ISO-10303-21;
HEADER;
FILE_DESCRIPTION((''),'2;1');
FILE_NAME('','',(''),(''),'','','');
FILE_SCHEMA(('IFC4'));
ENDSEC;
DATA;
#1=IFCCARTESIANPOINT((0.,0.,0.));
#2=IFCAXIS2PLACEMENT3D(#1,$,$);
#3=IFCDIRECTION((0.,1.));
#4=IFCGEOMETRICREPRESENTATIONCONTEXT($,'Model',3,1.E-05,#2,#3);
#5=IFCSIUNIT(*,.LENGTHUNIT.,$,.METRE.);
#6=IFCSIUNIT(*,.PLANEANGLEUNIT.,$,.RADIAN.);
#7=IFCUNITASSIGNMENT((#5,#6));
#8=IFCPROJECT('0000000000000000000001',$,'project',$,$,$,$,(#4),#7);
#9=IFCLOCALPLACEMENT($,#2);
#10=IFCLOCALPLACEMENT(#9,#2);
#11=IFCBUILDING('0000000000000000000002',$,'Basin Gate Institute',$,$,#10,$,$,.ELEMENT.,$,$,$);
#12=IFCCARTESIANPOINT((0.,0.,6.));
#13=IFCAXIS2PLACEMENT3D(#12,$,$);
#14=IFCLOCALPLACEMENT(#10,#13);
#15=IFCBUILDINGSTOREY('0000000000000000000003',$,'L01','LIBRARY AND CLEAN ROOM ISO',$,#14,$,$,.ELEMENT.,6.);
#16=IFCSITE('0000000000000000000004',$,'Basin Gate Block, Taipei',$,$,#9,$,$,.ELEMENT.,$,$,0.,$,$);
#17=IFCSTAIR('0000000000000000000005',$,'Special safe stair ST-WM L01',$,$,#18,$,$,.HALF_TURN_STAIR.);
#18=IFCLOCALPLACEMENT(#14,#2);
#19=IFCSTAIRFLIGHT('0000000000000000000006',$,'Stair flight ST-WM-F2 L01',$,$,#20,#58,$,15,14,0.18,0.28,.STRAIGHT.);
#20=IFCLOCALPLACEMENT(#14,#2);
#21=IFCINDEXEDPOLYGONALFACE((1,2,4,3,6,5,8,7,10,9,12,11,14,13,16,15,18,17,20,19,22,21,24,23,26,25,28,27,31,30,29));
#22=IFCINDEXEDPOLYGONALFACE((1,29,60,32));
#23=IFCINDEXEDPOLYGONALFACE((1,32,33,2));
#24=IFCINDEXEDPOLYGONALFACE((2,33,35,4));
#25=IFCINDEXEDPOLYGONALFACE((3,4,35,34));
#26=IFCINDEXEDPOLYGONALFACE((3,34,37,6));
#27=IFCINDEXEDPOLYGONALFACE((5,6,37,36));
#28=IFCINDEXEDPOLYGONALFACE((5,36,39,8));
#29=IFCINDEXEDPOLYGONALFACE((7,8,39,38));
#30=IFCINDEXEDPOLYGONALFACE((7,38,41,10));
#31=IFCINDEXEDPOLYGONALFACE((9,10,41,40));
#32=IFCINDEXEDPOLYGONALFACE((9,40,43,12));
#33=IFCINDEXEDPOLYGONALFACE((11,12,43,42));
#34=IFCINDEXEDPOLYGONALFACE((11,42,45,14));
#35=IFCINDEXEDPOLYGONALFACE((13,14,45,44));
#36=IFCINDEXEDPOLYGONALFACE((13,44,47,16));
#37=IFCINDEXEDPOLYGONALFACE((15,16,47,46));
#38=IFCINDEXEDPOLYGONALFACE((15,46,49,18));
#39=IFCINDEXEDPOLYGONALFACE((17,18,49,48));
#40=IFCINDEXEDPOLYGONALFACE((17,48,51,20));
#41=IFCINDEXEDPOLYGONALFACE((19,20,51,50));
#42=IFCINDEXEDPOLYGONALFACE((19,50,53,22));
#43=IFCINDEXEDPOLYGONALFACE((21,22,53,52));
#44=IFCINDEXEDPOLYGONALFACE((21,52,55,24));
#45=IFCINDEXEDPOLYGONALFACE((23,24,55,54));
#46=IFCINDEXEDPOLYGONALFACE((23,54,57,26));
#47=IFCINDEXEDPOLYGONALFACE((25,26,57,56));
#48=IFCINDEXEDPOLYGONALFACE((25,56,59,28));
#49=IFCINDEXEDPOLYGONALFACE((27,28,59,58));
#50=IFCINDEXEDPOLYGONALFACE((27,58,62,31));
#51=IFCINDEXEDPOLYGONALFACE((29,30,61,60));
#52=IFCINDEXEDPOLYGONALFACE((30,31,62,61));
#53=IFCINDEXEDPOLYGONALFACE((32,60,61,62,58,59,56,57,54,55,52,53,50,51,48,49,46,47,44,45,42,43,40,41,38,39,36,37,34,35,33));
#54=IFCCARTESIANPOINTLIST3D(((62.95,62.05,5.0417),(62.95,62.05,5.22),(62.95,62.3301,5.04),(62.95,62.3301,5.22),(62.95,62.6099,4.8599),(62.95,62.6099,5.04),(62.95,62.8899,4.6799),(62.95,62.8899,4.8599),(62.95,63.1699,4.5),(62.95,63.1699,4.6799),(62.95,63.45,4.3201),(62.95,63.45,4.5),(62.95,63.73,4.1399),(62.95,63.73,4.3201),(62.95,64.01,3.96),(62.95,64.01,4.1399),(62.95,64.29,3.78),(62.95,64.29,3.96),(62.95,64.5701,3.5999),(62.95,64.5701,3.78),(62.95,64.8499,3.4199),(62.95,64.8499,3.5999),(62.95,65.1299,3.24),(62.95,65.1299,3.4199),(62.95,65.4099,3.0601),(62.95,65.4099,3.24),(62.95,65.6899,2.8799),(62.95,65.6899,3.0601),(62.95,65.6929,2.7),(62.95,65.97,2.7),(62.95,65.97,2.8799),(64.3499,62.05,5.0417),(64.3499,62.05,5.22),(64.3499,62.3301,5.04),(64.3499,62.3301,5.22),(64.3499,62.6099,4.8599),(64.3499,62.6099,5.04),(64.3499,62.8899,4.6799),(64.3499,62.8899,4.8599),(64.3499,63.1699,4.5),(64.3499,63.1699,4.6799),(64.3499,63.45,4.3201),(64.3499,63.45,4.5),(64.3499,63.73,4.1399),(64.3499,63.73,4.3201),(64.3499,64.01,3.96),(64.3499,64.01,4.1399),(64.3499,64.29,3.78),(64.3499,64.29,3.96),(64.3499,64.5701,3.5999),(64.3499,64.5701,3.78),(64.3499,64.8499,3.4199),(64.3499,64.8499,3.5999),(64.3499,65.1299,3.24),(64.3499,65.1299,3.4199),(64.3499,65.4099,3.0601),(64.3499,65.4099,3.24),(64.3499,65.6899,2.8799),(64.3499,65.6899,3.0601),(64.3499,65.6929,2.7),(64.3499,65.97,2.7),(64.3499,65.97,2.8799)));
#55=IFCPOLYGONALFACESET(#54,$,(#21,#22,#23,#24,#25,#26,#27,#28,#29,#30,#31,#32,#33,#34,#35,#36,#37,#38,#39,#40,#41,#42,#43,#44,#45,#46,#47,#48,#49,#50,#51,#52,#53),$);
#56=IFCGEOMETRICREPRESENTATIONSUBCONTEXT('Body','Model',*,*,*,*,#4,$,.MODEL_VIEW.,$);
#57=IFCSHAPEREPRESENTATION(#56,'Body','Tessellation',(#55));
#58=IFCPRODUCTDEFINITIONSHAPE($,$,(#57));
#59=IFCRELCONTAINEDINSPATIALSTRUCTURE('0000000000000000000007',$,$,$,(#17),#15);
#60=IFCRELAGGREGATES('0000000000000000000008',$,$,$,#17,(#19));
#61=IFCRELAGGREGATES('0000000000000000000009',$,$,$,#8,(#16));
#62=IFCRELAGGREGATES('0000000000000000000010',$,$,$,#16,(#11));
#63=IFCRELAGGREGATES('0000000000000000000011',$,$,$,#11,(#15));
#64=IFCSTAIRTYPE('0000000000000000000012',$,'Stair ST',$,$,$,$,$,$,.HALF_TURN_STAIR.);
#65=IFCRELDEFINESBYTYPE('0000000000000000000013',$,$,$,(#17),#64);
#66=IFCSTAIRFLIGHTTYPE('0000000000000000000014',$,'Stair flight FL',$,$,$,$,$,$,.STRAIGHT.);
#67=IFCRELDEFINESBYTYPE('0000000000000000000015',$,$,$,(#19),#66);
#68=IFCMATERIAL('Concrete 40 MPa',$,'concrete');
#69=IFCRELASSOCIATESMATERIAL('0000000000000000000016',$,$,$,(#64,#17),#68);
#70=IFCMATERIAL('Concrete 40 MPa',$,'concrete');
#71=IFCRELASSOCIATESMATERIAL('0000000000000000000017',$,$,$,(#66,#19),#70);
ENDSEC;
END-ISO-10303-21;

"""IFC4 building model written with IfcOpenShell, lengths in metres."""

from ifc_helpers import new_model, si_unit, direction, frame, origin, place, context, subcontext, project, spatial, polyline, outline, extrude, material, type_object, element, aggregate, save


model = new_model("IFC4")

# Units and contexts
model_context = context("Model", 3, precision=1e-05, world=origin(), true_north=direction((0.0, 1.0)))
body_context = subcontext(model_context, "Body", "Model", "MODEL_VIEW")
ifc_project = project(units=[si_unit("LENGTHUNIT", "METRE"), si_unit("PLANEANGLEUNIT", "RADIAN")], contexts=[model_context])

# Site, building, storey
site_placement = place(None, origin())
site = spatial("IfcSite", under=ifc_project, at=site_placement, Name="Basin Gate Block, Taipei", CompositionType="ELEMENT", RefElevation=0.0)
building_placement = place(site_placement, origin())
building = spatial("IfcBuilding", under=site, at=building_placement, Name="Basin Gate Institute", CompositionType="ELEMENT")
storey_placement = place(building_placement, frame((0.0, 0.0, 6.0)))
storey = spatial("IfcBuildingStorey", under=building, at=storey_placement, Name="L01", Description="LIBRARY AND CLEAN ROOM ISO", CompositionType="ELEMENT", Elevation=6.0)

# Stair, stair flight
ifc_material_1 = material(Name="Concrete 40 MPa", Category="concrete")
stair_type = type_object("IfcStairType", Name="Stair ST", PredefinedType="HALF_TURN_STAIR", material=ifc_material_1)
stair_placement = place(storey_placement, origin())
stair = element("IfcStair", 1, at=stair_placement, inside=storey, type_object=stair_type, material=ifc_material_1, Name="Special safe stair ST-WM L01", PredefinedType="HALF_TURN_STAIR")
ifc_material_2 = material(Name="Concrete 40 MPa", Category="concrete")
stair_flight_type = type_object("IfcStairFlightType", Name="Stair flight FL", PredefinedType="STRAIGHT", material=ifc_material_2)
stair_flight_placement = place(storey_placement, frame((63.6499, 65.97, 2.7), z_axis=(0.0, 0.0, 1.0), x_axis=(0.0, -1.0, 0.0)))
stair_flight = element("IfcStairFlight", 2, at=stair_flight_placement, type_object=stair_flight_type, material=ifc_material_2, Name="Stair flight ST-WM-F2 L01", NumberOfRisers=15, NumberOfTreads=14, PredefinedType="STRAIGHT", RiserHeight=0.18, TreadLength=0.28, context=body_context, shape_type="SweptSolid", body=[
    extrude(outline(polyline([(0.0, 0.0), (0.0, 0.1799), (0.28, 0.1799), (0.28, 0.3601), (0.5601, 0.3601), (0.5601, 0.54), (0.8401, 0.54), (0.8401, 0.72), (1.1201, 0.72), (1.1201, 0.8999), (1.3999, 0.8999), (1.3999, 1.0801), (1.6799, 1.0801), (1.6799, 1.26), (1.96, 1.26), (1.96, 1.4399), (2.24, 1.4399), (2.24, 1.6201), (2.52, 1.6201), (2.52, 1.8), (2.8, 1.8), (2.8, 1.98), (3.0801, 1.98), (3.0801, 2.1599), (3.3601, 2.1599), (3.3601, 2.3401), (3.6399, 2.3401), (3.6399, 2.52), (3.9199, 2.52), (3.9199, 2.7), (3.9199, 2.3418), (0.2771, 0.0), (0.0, 0.0)])), frame((0.0, 0.7, 0.0), z_axis=(0.0, -1.0, 0.0), x_axis=(1.0, 0.0, 0.0)), (0.0, 0.0, 1.0), 1.3999),
])
aggregate(stair, [stair_flight])

save(model, "model.ifc")
